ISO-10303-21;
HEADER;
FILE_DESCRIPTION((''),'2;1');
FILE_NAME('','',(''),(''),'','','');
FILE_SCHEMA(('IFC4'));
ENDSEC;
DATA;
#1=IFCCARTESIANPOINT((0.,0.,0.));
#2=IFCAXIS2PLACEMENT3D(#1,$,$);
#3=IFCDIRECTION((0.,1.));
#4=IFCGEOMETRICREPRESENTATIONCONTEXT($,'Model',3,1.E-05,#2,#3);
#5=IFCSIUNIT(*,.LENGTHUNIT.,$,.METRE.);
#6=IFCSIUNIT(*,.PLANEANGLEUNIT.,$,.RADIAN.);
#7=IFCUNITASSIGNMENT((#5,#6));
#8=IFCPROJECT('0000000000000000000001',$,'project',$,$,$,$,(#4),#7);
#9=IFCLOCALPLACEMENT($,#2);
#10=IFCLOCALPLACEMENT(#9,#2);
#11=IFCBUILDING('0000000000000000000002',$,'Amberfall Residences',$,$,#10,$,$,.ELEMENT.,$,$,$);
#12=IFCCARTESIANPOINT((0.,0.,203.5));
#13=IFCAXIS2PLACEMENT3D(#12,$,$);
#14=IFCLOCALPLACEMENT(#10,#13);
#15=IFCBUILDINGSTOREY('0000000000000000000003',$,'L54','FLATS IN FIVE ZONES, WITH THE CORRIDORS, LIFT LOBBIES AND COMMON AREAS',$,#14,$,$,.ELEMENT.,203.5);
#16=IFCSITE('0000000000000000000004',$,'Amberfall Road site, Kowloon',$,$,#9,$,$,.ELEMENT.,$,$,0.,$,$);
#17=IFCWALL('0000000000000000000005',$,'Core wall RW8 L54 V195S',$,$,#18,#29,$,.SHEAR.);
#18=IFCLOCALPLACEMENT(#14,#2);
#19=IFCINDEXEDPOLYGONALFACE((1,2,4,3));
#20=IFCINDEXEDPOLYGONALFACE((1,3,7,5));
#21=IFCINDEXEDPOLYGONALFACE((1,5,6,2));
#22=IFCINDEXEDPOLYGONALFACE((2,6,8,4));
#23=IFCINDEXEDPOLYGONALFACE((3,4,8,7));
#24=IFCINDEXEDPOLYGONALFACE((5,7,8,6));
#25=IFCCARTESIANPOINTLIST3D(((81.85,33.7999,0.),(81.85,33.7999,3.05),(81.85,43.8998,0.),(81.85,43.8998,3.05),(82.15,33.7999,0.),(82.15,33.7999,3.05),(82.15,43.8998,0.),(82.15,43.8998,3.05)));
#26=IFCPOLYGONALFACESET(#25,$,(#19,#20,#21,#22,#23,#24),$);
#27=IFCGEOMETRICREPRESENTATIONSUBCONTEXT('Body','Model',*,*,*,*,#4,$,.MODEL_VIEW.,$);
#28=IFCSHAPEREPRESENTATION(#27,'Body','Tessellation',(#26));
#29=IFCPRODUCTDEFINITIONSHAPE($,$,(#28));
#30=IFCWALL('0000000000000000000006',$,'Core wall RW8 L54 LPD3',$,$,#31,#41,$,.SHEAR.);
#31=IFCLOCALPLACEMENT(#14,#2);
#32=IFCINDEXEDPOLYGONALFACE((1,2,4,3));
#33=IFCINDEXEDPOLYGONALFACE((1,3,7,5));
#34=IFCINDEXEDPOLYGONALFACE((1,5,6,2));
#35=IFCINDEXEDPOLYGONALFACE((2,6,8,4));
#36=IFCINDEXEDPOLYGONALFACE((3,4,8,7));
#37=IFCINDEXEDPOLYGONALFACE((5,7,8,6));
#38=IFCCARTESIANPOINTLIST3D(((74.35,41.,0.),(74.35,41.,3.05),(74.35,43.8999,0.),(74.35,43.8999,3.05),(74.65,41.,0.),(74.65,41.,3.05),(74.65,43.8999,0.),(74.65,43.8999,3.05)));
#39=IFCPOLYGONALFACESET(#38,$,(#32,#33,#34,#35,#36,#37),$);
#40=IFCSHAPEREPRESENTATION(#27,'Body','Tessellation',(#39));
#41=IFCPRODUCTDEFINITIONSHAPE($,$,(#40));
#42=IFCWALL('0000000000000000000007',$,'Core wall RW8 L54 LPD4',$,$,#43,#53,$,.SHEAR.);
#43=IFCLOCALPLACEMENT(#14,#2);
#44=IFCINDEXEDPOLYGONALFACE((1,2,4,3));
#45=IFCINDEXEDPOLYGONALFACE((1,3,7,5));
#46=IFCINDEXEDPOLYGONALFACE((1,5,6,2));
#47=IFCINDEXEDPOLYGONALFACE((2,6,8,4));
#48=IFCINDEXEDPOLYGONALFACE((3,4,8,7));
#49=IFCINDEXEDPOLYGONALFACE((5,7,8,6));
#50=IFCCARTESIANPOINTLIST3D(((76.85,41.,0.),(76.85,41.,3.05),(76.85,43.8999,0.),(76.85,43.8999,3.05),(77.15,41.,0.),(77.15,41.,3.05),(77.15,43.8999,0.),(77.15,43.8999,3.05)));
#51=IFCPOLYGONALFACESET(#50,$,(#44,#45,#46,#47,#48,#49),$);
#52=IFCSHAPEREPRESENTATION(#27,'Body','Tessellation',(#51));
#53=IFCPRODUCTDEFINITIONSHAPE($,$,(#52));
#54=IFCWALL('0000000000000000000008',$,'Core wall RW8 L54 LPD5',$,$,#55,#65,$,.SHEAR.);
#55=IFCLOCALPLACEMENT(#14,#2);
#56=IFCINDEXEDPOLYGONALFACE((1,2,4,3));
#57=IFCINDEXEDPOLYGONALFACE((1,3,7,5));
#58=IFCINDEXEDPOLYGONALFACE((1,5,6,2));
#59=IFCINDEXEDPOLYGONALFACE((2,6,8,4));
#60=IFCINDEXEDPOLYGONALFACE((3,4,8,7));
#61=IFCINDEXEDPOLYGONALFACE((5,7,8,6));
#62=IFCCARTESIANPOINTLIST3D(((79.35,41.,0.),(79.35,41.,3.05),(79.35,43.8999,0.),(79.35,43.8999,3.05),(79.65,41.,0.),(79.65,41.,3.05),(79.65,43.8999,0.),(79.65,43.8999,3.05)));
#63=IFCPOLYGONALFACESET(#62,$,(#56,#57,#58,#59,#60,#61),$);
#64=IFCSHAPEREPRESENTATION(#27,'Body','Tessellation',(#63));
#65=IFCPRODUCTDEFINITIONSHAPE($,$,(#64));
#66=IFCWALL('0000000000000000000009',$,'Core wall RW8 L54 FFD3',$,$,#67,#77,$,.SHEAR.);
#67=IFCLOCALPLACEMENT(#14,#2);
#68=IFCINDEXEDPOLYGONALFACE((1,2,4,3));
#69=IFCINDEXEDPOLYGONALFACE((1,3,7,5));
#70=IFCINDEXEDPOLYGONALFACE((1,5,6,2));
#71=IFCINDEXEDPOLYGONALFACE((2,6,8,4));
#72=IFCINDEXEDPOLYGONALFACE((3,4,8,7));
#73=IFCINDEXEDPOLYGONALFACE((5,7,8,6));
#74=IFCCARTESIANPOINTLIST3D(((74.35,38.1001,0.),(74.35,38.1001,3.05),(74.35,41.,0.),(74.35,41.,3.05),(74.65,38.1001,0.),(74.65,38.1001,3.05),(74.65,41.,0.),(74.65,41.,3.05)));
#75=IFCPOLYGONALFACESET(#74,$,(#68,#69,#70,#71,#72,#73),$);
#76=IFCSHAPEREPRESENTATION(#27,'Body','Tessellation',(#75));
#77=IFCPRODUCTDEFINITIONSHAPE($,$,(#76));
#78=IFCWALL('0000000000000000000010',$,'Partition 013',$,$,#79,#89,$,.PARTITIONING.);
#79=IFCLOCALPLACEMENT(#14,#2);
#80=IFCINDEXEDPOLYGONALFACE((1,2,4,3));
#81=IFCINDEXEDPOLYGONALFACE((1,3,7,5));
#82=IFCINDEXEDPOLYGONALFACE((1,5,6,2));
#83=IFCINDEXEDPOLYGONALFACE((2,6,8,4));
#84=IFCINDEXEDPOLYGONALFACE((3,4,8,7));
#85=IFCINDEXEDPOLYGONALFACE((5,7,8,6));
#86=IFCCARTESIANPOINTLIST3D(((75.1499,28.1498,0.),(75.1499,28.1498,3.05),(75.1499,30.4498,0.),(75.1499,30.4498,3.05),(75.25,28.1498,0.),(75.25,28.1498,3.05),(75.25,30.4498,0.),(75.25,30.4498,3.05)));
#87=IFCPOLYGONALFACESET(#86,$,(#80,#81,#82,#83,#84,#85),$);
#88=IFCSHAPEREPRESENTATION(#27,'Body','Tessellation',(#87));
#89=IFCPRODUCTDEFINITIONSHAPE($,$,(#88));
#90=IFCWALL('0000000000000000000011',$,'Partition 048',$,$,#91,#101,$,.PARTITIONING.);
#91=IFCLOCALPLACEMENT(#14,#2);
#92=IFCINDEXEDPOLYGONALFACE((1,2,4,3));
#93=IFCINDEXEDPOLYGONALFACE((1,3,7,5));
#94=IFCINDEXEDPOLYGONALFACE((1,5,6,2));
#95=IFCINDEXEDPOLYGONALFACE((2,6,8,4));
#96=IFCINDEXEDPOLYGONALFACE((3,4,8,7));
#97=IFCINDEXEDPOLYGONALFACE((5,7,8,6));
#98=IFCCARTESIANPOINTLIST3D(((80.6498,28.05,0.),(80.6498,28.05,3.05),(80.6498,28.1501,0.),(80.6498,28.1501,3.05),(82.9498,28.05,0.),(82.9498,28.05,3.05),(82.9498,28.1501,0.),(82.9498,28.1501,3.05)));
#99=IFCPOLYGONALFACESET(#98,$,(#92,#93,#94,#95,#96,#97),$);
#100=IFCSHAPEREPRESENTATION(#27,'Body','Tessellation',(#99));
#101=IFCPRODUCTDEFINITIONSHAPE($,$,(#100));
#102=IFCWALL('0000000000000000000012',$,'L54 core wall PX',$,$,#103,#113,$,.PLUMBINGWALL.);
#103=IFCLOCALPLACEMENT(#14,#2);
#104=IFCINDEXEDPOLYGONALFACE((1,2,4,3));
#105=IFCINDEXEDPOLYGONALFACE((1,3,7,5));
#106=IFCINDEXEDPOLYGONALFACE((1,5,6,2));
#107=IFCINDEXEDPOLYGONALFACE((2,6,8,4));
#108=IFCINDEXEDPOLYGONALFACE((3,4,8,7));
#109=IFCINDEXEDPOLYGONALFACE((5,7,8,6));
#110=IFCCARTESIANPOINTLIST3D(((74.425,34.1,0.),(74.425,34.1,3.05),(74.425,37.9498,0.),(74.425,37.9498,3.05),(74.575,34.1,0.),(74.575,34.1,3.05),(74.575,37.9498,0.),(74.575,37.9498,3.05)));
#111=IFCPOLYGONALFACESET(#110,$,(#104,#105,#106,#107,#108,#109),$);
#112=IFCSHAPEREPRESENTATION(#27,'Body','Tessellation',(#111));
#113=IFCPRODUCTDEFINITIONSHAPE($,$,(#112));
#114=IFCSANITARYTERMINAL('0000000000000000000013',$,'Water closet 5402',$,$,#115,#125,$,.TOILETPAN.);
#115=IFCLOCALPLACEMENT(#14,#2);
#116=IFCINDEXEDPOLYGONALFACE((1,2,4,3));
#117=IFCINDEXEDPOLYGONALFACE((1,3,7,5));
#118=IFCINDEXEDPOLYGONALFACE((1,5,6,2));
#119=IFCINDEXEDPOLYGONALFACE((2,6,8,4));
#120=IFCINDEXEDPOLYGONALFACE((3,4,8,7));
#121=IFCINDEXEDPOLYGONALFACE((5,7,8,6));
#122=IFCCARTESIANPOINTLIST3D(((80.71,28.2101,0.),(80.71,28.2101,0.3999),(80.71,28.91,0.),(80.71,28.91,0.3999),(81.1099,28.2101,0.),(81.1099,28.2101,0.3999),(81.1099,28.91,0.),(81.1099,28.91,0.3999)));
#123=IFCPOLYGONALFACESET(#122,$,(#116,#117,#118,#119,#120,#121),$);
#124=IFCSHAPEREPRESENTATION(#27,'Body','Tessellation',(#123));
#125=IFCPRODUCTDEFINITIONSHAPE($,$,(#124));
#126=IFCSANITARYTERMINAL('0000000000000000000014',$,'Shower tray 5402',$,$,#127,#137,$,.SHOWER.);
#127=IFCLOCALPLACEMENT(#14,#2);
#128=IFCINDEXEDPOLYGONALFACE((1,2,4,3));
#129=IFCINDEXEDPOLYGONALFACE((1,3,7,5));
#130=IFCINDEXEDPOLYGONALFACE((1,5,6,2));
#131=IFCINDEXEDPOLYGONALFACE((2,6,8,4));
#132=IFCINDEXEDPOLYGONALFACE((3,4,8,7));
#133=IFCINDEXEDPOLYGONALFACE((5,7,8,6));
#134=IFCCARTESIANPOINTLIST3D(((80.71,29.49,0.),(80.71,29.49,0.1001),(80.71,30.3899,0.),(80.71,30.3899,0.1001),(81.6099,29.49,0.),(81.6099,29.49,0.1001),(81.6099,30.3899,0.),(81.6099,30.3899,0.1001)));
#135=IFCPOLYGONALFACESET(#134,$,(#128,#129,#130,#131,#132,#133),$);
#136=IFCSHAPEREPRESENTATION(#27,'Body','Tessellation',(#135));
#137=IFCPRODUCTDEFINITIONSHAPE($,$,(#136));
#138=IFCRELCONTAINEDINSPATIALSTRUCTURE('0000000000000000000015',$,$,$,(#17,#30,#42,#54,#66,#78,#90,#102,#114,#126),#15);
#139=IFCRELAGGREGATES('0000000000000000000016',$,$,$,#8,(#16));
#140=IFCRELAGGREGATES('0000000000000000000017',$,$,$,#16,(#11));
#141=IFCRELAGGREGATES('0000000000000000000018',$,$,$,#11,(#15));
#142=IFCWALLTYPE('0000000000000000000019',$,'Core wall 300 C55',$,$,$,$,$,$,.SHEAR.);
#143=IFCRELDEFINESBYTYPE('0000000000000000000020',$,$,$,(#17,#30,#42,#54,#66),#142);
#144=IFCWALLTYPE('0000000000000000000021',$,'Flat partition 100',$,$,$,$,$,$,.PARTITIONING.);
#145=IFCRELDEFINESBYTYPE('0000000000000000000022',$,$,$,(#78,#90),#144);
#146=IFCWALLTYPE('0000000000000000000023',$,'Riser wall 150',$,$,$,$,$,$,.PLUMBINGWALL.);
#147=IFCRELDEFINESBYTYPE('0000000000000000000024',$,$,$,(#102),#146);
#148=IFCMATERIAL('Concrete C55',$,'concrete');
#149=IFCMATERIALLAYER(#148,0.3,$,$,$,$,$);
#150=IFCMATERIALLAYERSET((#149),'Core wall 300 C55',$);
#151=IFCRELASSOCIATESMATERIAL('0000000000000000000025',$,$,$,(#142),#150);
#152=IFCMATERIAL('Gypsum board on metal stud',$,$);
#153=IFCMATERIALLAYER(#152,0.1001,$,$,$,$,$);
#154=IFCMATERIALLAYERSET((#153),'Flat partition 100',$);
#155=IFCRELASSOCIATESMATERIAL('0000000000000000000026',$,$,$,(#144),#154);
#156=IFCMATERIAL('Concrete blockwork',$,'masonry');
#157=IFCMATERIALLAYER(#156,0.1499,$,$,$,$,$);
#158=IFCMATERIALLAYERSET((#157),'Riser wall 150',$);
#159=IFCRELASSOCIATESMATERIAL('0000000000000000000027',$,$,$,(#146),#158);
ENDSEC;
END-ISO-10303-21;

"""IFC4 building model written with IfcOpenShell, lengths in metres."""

from ifc_helpers import new_model, si_unit, direction, frame, frame_2d, origin, origin_2d, place, context, subcontext, project, spatial, rectangle, extrude, material, layer, layer_set, type_object, element, save


model = new_model("IFC4")

# Units and contexts
model_context = context("Model", 3, precision=1e-05, world=origin(), true_north=direction((0.0, 1.0)))
body_context = subcontext(model_context, "Body", "Model", "MODEL_VIEW")
ifc_project = project(units=[si_unit("LENGTHUNIT", "METRE"), si_unit("PLANEANGLEUNIT", "RADIAN")], contexts=[model_context])

# Site, building, storey
site_placement = place(None, origin())
site = spatial("IfcSite", under=ifc_project, at=site_placement, Name="Amberfall Road site, Kowloon", CompositionType="ELEMENT", RefElevation=0.0)
building_placement = place(site_placement, origin())
building = spatial("IfcBuilding", under=site, at=building_placement, Name="Amberfall Residences", CompositionType="ELEMENT")
storey_placement = place(building_placement, frame((0.0, 0.0, 203.5)))
storey = spatial("IfcBuildingStorey", under=building, at=storey_placement, Name="L54", Description="FLATS IN FIVE ZONES, WITH THE CORRIDORS, LIFT LOBBIES AND COMMON AREAS", CompositionType="ELEMENT", Elevation=203.5)

# Walls
ifc_material_1 = material(Name="Concrete C55", Category="concrete")
ifc_layer_1 = layer(ifc_material_1, 0.3)
ifc_layer_set_1 = layer_set([ifc_layer_1], Name="Core wall 300 C55")
wall_type_1 = type_object("IfcWallType", Name="Core wall 300 C55", PredefinedType="SHEAR", material=ifc_layer_set_1)
wall_1_placement = place(storey_placement, frame((82.0, 33.8, 0.0), z_axis=(0.0, 0.0, 1.0), x_axis=(0.0, 1.0, 0.0)))
element("IfcWall", 1, at=wall_1_placement, inside=storey, type_object=wall_type_1, Name="Core wall RW8 L54 V195S", PredefinedType="SHEAR", context=body_context, shape_type="SweptSolid", body=[
    extrude(rectangle(XDim=10.0999, YDim=0.3, at=frame_2d((5.0498, 0.0))), origin(), (0.0, 0.0, 1.0), 3.05),
])
for number, where, z_axis, x_axis, name in (
    (2, (74.5, 41.0, 0.0), (0.0, 0.0, 1.0), (0.0, 1.0, 0.0), "Core wall RW8 L54 LPD3"),
    (3, (77.0, 41.0, 0.0), (0.0, 0.0, 1.0), (0.0, 1.0, 0.0), "Core wall RW8 L54 LPD4"),
    (4, (79.5, 41.0, 0.0), (0.0, 0.0, 1.0), (0.0, 1.0, 0.0), "Core wall RW8 L54 LPD5"),
    (5, (74.5, 38.1001, 0.0), (0.0, 0.0, 1.0), (0.0, 1.0, 0.0), "Core wall RW8 L54 FFD3"),
):
    element("IfcWall", number, at=place(storey_placement, frame(where, z_axis=z_axis, x_axis=x_axis)), inside=storey, type_object=wall_type_1, Name=name, PredefinedType="SHEAR", context=body_context, shape_type="SweptSolid", body=[
        extrude(rectangle(XDim=2.8999, YDim=0.3, at=frame_2d((1.45, 0.0))), origin(), (0.0, 0.0, 1.0), 3.05),
    ])
ifc_material_2 = material(Name="Gypsum board on metal stud")
ifc_layer_2 = layer(ifc_material_2, 0.1001)
ifc_layer_set_2 = layer_set([ifc_layer_2], Name="Flat partition 100")
wall_type_2 = type_object("IfcWallType", Name="Flat partition 100", PredefinedType="PARTITIONING", material=ifc_layer_set_2)
for number, where, z_axis, x_axis, name in (
    (6, (75.2, 28.1499, 0.0), (0.0, 0.0, 1.0), (0.0, 1.0, 0.0), "Partition 013"),
    (7, (80.6499, 28.1001, 0.0), (0.0, 0.0, 1.0), (1.0, 0.0, 0.0), "Partition 048"),
):
    element("IfcWall", number, at=place(storey_placement, frame(where, z_axis=z_axis, x_axis=x_axis)), inside=storey, type_object=wall_type_2, Name=name, PredefinedType="PARTITIONING", context=body_context, shape_type="SweptSolid", body=[
        extrude(rectangle(XDim=2.3, YDim=0.1001, at=frame_2d((1.1499, 0.0))), origin(), (0.0, 0.0, 1.0), 3.05),
    ])
ifc_material_3 = material(Name="Concrete blockwork", Category="masonry")
ifc_layer_3 = layer(ifc_material_3, 0.1499)
ifc_layer_set_3 = layer_set([ifc_layer_3], Name="Riser wall 150")
wall_type_3 = type_object("IfcWallType", Name="Riser wall 150", PredefinedType="PLUMBINGWALL", material=ifc_layer_set_3)
wall_2_placement = place(storey_placement, frame((74.5, 34.1001, 0.0), z_axis=(0.0, 0.0, 1.0), x_axis=(0.0, 1.0, 0.0)))
element("IfcWall", 8, at=wall_2_placement, inside=storey, type_object=wall_type_3, Name="L54 core wall PX", PredefinedType="PLUMBINGWALL", context=body_context, shape_type="SweptSolid", body=[
    extrude(rectangle(XDim=3.8499, YDim=0.1499, at=frame_2d((1.9248, 0.0))), origin(), (0.0, 0.0, 1.0), 3.05),
])

# Sanitary terminals
sanitary_terminal_1_placement = place(storey_placement, frame((80.9099, 28.5601, 0.0), z_axis=(0.0, 0.0, 1.0), x_axis=(1.0, 0.0, 0.0)))
element("IfcSanitaryTerminal", 9, at=sanitary_terminal_1_placement, inside=storey, Name="Water closet 5402", PredefinedType="TOILETPAN", context=body_context, shape_type="SweptSolid", body=[
    extrude(rectangle(XDim=0.3999, YDim=0.7, at=origin_2d()), origin(), (0.0, 0.0, 1.0), 0.3999),
])
sanitary_terminal_2_placement = place(storey_placement, frame((81.1599, 29.9399, 0.0), z_axis=(0.0, 0.0, 1.0), x_axis=(1.0, 0.0, 0.0)))
element("IfcSanitaryTerminal", 10, at=sanitary_terminal_2_placement, inside=storey, Name="Shower tray 5402", PredefinedType="SHOWER", context=body_context, shape_type="SweptSolid", body=[
    extrude(rectangle(XDim=0.8999, YDim=0.8999, at=origin_2d()), origin(), (0.0, 0.0, 1.0), 0.1001),
])

save(model, "model.ifc")
